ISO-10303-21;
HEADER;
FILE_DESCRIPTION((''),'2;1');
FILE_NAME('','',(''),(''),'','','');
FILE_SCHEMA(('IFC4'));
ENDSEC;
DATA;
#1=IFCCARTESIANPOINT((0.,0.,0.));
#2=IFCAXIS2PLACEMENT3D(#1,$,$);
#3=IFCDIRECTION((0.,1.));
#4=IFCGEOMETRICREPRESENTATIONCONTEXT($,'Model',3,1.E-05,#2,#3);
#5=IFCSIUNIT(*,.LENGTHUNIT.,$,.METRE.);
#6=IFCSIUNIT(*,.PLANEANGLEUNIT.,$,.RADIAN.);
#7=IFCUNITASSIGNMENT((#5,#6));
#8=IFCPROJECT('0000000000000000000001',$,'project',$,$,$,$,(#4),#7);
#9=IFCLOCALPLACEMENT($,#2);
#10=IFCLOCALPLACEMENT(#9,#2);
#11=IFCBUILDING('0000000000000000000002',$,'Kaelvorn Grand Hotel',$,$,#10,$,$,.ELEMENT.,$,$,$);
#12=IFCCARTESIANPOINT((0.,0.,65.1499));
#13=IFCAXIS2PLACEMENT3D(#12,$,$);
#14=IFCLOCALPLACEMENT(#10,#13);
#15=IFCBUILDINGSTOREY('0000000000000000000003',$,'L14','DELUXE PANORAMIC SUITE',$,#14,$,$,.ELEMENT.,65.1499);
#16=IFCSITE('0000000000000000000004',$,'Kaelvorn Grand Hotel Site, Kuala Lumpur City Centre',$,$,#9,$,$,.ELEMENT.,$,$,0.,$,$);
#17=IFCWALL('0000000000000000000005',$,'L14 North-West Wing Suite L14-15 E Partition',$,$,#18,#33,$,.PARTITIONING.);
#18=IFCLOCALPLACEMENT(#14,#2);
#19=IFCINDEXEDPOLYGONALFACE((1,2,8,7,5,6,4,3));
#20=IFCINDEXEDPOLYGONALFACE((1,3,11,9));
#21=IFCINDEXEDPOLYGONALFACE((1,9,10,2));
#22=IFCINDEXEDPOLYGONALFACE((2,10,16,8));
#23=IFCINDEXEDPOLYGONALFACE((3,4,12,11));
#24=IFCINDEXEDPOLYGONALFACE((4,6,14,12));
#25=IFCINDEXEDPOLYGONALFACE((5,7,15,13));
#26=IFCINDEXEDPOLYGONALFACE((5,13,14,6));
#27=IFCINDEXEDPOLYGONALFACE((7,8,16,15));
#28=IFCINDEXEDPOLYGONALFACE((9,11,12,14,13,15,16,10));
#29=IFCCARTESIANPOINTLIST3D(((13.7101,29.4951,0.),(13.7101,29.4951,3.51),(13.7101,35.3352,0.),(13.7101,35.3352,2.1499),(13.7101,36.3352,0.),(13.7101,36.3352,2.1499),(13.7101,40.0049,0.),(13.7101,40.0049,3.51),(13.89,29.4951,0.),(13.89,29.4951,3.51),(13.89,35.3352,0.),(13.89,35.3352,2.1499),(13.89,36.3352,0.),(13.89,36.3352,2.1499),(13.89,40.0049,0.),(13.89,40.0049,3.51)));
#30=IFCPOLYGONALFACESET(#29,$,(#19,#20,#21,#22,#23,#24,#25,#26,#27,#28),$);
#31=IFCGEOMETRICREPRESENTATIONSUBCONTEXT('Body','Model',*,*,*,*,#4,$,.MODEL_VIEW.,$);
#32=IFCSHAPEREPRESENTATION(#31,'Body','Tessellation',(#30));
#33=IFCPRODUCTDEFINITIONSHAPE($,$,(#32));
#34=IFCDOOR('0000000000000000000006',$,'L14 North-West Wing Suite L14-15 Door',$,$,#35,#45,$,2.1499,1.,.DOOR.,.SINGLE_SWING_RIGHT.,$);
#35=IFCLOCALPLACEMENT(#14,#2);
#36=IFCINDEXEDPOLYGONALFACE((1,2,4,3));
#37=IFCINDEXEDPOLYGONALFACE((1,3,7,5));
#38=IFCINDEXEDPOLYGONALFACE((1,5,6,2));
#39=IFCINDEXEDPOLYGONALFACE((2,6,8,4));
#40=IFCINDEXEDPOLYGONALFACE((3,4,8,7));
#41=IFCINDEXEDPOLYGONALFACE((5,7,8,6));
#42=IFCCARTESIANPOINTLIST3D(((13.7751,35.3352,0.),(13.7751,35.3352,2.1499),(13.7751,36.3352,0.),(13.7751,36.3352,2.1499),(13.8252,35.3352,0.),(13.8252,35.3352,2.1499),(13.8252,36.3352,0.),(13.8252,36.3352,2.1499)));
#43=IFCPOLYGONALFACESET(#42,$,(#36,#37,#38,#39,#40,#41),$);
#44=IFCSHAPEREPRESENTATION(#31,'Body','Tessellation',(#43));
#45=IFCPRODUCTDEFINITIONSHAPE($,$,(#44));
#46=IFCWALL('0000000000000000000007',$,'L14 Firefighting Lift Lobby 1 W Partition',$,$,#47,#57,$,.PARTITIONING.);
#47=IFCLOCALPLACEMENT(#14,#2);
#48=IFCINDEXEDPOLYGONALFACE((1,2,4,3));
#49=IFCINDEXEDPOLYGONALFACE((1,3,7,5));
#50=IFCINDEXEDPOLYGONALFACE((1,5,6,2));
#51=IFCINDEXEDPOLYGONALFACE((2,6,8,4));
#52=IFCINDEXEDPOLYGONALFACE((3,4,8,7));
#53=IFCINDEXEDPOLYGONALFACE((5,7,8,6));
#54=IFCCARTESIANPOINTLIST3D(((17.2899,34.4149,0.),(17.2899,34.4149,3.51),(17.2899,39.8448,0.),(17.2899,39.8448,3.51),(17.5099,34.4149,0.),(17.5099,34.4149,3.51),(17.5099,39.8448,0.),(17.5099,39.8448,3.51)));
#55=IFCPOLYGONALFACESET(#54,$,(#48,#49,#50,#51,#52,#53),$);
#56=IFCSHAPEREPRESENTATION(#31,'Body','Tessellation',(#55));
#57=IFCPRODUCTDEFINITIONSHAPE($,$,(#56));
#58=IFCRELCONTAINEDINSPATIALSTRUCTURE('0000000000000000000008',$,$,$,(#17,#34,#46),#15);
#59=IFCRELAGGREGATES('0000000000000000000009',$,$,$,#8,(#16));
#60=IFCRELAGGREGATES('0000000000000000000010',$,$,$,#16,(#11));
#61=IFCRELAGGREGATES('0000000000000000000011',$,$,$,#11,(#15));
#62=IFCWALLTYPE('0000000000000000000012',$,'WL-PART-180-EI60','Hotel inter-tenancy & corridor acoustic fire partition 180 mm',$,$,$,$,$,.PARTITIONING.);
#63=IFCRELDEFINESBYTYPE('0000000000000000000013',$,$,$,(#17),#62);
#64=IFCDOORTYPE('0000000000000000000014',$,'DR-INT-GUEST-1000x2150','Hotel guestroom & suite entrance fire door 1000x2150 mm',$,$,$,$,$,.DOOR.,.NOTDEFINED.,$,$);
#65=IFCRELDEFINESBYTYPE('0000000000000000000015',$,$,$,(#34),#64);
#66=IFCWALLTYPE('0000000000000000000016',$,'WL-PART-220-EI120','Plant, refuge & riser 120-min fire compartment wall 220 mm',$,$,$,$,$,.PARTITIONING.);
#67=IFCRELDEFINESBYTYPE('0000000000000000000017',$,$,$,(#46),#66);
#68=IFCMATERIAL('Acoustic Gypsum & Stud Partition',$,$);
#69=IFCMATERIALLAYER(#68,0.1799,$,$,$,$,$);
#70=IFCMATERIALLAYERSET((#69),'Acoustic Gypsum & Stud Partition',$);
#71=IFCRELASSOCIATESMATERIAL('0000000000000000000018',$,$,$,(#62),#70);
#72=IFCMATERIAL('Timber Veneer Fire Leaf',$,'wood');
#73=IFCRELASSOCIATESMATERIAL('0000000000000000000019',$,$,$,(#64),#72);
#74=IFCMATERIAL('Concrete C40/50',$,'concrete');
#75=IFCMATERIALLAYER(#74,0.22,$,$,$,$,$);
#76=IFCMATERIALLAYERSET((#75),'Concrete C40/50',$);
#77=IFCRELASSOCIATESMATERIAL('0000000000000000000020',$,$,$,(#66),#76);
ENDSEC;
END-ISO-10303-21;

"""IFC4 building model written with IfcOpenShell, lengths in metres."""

from ifc_helpers import new_model, si_unit, direction, frame, frame_2d, origin, place, context, subcontext, project, spatial, rectangle, extrude, material, layer, layer_set, type_object, element, fill, save


model = new_model("IFC4")

# Units and contexts
model_context = context("Model", 3, precision=1e-05, world=origin(), true_north=direction((0.0, 1.0)))
body_context = subcontext(model_context, "Body", "Model", "MODEL_VIEW")
ifc_project = project(units=[si_unit("LENGTHUNIT", "METRE"), si_unit("PLANEANGLEUNIT", "RADIAN")], contexts=[model_context])

# Site, building, storey
site_placement = place(None, origin())
site = spatial("IfcSite", under=ifc_project, at=site_placement, Name="Kaelvorn Grand Hotel Site, Kuala Lumpur City Centre", CompositionType="ELEMENT", RefElevation=0.0)
building_placement = place(site_placement, origin())
building = spatial("IfcBuilding", under=site, at=building_placement, Name="Kaelvorn Grand Hotel", CompositionType="ELEMENT")
storey_placement = place(building_placement, frame((0.0, 0.0, 65.1499)))
storey = spatial("IfcBuildingStorey", under=building, at=storey_placement, Name="L14", Description="DELUXE PANORAMIC SUITE", CompositionType="ELEMENT", Elevation=65.1499)

# Shared definitions
ifc_material_1 = material(Name="Acoustic Gypsum & Stud Partition")
ifc_layer_1 = layer(ifc_material_1, 0.1799)
ifc_layer_set_1 = layer_set([ifc_layer_1], Name="Acoustic Gypsum & Stud Partition")
wall_type_1 = type_object("IfcWallType", Name="WL-PART-180-EI60", Description="Hotel inter-tenancy & corridor acoustic fire partition 180 mm", PredefinedType="PARTITIONING", material=ifc_layer_set_1)

# Wall, opening, door
wall_1_placement = place(storey_placement, frame((13.8, 29.4951, 0.0), z_axis=(0.0, 0.0, 1.0), x_axis=(0.0, 1.0, 0.0)))
wall_1 = element("IfcWall", 1, at=wall_1_placement, inside=storey, type_object=wall_type_1, Name="L14 North-West Wing Suite L14-15 E Partition", PredefinedType="PARTITIONING", context=body_context, shape_type="SweptSolid", body=[
    extrude(rectangle(XDim=10.5098, YDim=0.1799, at=frame_2d((5.2549, 0.0))), origin(), (0.0, 0.0, 1.0), 3.51),
])
opening_1_placement = place(wall_1_placement, frame((5.8401, 0.0, 0.0)))
opening_1 = element("IfcOpeningElement", 2, at=opening_1_placement, cuts=wall_1, PredefinedType="OPENING", context=body_context, shape_type="SweptSolid", body=[
    extrude(rectangle(XDim=1.0, YDim=2.1499, at=frame_2d((0.5, 1.075))), frame((0.0, 0.1001, 0.0), z_axis=(0.0, -1.0, 0.0), x_axis=(1.0, 0.0, 0.0)), (0.0, 0.0, 1.0), 0.2),
])
ifc_material_2 = material(Name="Timber Veneer Fire Leaf", Category="wood")
door_type_1 = type_object("IfcDoorType", Name="DR-INT-GUEST-1000x2150", Description="Hotel guestroom & suite entrance fire door 1000x2150 mm", OperationType="NOTDEFINED", PredefinedType="DOOR", material=ifc_material_2)
door_1_placement = place(opening_1_placement, origin())
door_1 = element("IfcDoor", 3, at=door_1_placement, inside=storey, type_object=door_type_1, Name="L14 North-West Wing Suite L14-15 Door", OperationType="SINGLE_SWING_RIGHT", OverallHeight=2.1499, OverallWidth=1.0, PredefinedType="DOOR", context=body_context, shape_type="SweptSolid", body=[
    extrude(rectangle(XDim=1.0, YDim=2.1499, at=frame_2d((0.5, 1.075))), frame((0.0, 0.0249, 0.0), z_axis=(0.0, -1.0, 0.0), x_axis=(1.0, 0.0, 0.0)), (0.0, 0.0, 1.0), 0.05),
])
fill(opening_1, door_1)
ifc_material_3 = material(Name="Concrete C40/50", Category="concrete")
ifc_layer_2 = layer(ifc_material_3, 0.22)
ifc_layer_set_2 = layer_set([ifc_layer_2], Name="Concrete C40/50")
wall_type_2 = type_object("IfcWallType", Name="WL-PART-220-EI120", Description="Plant, refuge & riser 120-min fire compartment wall 220 mm", PredefinedType="PARTITIONING", material=ifc_layer_set_2)

# Wall
wall_2_placement = place(storey_placement, frame((17.3999, 34.415, 0.0), z_axis=(0.0, 0.0, 1.0), x_axis=(0.0, 1.0, 0.0)))
element("IfcWall", 4, at=wall_2_placement, inside=storey, type_object=wall_type_2, Name="L14 Firefighting Lift Lobby 1 W Partition", PredefinedType="PARTITIONING", context=body_context, shape_type="SweptSolid", body=[
    extrude(rectangle(XDim=5.4299, YDim=0.22, at=frame_2d((2.7148, 0.0))), origin(), (0.0, 0.0, 1.0), 3.51),
])

save(model, "model.ifc")
